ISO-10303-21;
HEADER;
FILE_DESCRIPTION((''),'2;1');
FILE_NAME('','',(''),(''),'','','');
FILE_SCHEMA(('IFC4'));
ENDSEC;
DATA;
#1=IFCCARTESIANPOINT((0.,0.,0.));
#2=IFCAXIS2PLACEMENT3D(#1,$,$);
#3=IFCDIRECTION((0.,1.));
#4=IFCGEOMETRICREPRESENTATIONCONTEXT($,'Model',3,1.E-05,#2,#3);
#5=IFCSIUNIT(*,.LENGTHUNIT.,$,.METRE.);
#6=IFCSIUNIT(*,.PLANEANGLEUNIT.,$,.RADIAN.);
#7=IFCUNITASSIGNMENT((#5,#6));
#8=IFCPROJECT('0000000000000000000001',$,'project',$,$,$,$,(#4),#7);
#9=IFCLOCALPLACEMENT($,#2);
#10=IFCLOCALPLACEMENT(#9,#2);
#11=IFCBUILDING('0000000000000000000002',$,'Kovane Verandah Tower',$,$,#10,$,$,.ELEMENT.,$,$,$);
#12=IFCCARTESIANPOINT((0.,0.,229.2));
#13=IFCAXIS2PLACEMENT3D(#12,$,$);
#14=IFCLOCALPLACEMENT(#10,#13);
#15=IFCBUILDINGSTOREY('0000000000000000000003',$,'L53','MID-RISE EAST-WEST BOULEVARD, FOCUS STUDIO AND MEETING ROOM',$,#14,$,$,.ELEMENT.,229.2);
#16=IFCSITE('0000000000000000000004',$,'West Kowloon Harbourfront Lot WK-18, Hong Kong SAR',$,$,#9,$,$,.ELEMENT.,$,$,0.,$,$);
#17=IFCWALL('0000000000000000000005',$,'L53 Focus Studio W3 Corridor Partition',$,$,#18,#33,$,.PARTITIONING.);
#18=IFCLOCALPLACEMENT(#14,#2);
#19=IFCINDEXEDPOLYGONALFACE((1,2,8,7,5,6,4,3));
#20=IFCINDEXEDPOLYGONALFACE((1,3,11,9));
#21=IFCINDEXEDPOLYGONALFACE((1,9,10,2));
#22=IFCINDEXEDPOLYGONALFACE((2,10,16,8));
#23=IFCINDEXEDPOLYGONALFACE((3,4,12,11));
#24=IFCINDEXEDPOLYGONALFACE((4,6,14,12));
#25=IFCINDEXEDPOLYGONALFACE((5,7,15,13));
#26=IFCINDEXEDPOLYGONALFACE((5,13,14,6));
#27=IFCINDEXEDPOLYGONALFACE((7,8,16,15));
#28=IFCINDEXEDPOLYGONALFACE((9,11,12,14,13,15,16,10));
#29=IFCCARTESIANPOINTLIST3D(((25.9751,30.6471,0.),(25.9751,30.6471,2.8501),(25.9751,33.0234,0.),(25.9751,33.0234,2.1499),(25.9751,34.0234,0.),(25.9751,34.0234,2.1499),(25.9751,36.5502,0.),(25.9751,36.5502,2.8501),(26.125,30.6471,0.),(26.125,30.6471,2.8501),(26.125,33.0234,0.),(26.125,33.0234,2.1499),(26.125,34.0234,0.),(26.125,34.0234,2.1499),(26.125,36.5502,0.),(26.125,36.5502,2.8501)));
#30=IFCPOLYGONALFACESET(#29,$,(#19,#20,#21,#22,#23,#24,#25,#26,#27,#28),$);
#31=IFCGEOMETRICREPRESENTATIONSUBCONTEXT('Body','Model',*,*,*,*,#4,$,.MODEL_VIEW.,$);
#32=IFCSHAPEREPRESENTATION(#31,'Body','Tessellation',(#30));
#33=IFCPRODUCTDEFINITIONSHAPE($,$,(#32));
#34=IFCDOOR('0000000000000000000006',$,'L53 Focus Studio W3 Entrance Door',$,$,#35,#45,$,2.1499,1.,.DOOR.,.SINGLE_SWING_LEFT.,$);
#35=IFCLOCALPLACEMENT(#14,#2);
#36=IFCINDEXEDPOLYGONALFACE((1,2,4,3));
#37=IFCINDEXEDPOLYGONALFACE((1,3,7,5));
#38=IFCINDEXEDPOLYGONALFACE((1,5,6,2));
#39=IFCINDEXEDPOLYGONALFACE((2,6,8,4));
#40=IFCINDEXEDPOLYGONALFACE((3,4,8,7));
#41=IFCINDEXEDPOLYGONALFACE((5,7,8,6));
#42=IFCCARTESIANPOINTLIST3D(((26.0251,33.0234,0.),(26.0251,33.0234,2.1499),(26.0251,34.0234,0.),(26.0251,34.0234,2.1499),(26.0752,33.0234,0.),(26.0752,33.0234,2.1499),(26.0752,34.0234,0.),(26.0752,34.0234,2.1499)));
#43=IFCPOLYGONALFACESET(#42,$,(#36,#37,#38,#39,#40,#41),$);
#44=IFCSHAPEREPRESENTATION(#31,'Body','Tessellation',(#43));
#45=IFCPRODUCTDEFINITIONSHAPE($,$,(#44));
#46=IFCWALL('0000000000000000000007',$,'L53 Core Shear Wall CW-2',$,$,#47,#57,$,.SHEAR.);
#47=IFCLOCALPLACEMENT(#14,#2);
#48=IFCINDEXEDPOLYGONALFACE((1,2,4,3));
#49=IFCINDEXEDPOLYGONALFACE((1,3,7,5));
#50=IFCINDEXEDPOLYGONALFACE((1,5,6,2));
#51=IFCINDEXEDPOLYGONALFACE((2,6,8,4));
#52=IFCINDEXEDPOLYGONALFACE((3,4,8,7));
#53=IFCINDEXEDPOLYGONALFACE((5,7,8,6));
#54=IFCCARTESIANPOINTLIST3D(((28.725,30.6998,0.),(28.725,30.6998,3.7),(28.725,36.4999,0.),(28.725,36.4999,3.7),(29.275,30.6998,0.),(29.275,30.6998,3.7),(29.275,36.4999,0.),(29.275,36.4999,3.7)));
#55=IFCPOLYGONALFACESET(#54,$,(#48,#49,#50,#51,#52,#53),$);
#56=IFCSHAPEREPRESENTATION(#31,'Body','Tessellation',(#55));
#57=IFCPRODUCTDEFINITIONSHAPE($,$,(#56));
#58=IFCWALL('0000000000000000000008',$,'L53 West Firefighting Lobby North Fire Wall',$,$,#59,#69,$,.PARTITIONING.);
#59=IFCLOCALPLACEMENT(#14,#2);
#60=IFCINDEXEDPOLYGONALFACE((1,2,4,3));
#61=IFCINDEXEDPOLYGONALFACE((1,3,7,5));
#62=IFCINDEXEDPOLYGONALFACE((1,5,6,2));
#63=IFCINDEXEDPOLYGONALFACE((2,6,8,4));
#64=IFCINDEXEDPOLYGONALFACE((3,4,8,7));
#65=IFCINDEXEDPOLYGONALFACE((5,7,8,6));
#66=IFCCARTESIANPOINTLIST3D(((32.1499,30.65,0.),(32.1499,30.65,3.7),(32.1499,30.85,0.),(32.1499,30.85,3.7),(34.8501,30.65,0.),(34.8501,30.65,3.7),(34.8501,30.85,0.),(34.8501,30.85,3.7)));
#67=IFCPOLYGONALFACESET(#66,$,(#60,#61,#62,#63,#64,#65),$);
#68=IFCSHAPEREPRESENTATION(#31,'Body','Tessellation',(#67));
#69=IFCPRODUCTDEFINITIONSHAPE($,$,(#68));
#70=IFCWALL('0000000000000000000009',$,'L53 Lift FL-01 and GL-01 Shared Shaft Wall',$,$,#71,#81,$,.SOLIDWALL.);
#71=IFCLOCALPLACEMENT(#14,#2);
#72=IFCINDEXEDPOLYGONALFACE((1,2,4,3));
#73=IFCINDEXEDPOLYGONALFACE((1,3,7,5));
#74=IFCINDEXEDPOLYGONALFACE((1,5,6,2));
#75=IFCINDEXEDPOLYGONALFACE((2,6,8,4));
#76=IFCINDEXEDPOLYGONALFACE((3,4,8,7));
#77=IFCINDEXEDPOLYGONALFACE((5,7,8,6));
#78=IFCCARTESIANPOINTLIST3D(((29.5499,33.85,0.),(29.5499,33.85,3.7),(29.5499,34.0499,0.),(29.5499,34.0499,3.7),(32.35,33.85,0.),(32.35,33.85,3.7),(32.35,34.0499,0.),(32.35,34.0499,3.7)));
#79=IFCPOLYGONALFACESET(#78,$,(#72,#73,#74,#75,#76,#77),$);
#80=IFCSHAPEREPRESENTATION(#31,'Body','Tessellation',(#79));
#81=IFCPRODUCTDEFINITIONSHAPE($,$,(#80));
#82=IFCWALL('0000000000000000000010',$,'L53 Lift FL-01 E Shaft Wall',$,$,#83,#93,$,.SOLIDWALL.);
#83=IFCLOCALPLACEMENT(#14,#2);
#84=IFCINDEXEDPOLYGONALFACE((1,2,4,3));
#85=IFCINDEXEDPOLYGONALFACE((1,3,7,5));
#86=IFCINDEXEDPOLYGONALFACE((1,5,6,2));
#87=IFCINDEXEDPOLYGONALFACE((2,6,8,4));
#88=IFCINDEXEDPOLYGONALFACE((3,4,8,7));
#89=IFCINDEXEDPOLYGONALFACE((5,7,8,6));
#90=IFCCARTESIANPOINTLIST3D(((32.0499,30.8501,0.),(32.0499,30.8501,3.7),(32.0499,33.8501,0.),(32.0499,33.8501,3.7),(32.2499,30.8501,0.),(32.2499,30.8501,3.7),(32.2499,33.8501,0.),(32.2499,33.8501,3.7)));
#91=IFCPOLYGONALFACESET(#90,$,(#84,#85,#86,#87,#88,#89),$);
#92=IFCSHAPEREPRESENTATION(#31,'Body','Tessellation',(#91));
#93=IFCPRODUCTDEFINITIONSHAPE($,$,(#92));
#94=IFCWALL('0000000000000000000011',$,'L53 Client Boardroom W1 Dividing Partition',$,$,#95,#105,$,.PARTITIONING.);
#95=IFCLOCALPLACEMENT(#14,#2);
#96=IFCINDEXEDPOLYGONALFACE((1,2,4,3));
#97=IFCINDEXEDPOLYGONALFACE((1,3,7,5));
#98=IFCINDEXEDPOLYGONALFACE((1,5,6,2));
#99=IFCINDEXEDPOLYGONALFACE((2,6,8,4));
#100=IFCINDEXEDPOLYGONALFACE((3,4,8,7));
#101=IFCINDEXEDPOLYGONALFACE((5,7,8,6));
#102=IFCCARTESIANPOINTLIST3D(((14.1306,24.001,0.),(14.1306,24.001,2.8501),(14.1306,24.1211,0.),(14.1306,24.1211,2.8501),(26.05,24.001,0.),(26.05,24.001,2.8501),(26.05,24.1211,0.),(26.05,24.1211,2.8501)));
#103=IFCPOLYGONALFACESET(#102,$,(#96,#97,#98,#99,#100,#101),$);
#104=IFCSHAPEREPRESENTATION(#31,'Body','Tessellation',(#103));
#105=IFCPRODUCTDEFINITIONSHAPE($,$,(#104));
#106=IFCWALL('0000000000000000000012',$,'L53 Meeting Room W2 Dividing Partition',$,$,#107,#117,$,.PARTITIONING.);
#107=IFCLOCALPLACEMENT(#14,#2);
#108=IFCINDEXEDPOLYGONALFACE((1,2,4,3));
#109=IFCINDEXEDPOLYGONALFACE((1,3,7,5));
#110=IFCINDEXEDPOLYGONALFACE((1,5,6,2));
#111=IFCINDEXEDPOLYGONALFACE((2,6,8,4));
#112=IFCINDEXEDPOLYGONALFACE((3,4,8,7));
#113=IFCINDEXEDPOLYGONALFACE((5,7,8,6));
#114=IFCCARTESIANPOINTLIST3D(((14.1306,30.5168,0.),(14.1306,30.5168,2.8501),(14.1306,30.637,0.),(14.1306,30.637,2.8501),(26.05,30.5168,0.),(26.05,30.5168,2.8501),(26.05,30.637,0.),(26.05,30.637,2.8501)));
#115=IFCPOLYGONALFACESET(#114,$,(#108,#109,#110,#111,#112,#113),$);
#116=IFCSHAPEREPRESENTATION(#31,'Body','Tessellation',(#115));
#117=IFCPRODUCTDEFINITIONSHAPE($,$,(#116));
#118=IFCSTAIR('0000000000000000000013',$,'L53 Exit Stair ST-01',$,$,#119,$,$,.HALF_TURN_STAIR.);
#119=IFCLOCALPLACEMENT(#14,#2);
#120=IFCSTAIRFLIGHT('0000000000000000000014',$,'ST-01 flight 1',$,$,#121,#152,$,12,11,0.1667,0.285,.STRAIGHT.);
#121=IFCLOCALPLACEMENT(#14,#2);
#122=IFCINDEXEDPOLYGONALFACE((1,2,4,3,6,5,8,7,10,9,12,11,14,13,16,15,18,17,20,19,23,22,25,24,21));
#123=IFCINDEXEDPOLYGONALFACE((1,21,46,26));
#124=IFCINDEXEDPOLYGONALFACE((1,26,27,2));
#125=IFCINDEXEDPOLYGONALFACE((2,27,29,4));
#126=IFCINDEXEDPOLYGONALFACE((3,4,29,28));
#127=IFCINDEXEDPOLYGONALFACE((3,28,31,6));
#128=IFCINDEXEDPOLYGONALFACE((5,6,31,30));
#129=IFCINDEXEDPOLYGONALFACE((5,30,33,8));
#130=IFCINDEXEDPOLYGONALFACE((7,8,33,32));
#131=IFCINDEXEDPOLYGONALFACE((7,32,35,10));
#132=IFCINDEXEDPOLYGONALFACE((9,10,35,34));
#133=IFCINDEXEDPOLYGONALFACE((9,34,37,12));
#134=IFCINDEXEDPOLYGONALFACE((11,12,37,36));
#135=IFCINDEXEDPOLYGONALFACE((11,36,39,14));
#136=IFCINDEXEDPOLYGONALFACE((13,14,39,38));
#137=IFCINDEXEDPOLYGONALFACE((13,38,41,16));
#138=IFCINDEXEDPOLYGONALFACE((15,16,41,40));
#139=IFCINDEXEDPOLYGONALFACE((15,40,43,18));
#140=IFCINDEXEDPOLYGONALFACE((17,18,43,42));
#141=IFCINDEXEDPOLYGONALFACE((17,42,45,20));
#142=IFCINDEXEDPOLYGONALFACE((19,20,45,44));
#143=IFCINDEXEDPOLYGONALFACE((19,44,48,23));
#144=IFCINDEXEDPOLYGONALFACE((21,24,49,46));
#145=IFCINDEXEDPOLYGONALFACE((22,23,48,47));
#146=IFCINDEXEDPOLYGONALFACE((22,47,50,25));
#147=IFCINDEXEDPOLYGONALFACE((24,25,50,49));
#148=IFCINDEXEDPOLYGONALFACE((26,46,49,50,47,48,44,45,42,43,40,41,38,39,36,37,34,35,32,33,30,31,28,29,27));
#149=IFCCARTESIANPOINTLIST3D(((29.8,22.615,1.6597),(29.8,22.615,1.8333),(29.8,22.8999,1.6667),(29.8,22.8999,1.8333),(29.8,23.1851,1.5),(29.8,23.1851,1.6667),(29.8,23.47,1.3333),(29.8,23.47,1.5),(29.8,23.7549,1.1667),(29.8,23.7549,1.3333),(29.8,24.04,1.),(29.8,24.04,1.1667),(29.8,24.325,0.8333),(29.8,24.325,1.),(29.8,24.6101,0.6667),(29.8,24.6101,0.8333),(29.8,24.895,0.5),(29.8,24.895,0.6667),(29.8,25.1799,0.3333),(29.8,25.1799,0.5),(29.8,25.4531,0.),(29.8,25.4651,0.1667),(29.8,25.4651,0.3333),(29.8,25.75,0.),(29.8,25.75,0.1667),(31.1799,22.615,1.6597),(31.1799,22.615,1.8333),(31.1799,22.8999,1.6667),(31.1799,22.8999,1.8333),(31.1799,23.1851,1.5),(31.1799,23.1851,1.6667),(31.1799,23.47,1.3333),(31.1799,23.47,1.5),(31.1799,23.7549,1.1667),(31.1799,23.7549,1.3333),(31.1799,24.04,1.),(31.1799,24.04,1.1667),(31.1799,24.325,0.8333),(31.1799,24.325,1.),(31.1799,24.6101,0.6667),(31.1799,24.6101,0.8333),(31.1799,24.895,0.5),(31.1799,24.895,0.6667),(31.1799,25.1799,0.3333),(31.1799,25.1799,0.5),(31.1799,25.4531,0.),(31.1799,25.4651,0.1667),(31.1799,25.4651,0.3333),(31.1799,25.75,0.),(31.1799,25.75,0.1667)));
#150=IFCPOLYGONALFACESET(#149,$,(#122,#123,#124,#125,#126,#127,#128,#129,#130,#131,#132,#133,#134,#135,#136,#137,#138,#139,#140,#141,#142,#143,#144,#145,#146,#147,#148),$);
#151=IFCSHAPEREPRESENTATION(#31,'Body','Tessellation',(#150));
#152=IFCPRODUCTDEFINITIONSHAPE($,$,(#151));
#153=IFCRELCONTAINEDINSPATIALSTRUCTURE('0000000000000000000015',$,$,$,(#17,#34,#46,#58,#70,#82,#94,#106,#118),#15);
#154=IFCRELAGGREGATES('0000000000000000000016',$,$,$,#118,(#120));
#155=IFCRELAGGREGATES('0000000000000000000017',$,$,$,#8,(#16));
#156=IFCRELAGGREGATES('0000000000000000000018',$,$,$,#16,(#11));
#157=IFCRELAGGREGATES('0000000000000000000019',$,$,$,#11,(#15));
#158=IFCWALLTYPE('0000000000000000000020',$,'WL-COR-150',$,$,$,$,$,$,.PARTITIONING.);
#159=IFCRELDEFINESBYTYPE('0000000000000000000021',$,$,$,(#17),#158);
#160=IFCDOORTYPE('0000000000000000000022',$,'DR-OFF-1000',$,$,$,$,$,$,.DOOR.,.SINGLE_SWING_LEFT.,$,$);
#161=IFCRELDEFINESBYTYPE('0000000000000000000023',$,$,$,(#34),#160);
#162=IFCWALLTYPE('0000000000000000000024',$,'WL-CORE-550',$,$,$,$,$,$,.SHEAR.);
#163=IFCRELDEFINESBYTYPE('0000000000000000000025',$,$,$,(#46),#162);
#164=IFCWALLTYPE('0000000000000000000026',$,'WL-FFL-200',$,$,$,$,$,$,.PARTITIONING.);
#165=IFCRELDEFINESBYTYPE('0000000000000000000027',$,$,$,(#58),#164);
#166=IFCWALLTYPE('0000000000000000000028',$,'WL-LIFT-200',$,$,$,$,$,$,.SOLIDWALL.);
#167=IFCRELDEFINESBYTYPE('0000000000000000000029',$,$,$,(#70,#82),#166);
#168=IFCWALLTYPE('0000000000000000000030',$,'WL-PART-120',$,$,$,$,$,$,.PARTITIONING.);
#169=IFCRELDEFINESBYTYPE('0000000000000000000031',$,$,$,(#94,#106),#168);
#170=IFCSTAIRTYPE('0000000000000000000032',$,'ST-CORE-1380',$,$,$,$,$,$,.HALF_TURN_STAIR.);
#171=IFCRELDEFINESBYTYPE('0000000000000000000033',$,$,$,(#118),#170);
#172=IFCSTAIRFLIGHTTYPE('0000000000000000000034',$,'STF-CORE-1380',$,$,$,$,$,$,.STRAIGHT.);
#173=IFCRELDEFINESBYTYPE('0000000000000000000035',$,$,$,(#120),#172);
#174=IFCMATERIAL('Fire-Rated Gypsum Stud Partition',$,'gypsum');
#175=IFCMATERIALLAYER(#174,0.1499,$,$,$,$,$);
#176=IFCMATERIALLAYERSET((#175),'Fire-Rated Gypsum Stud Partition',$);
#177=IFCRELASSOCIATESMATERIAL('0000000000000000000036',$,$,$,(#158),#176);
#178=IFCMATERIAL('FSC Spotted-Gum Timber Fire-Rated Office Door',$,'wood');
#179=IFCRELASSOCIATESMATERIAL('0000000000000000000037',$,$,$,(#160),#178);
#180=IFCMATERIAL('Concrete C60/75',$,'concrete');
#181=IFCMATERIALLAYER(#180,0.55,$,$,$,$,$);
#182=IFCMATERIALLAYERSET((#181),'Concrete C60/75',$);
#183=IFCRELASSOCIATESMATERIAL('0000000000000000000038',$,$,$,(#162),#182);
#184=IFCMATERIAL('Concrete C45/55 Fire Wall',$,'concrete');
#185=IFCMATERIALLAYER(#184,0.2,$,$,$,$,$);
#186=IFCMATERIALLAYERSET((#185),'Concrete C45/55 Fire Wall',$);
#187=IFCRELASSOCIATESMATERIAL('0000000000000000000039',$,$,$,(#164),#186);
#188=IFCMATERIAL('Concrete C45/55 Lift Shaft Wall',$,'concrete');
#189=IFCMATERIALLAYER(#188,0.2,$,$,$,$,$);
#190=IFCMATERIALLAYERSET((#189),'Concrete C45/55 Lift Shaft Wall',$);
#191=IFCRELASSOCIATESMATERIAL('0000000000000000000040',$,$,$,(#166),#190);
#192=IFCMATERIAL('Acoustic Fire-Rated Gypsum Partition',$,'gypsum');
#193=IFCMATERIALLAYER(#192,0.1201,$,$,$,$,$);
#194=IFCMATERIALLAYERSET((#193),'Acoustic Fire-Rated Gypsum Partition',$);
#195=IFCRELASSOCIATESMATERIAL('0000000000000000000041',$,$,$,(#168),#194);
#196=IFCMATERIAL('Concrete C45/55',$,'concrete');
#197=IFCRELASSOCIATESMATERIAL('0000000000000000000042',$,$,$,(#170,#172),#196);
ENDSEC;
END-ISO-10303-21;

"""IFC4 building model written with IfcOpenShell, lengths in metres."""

from ifc_helpers import new_model, si_unit, direction, frame, frame_2d, origin, place, context, subcontext, project, spatial, polyline, rectangle, outline, extrude, material, layer, layer_set, type_object, element, fill, aggregate, save


model = new_model("IFC4")

# Units and contexts
model_context = context("Model", 3, precision=1e-05, world=origin(), true_north=direction((0.0, 1.0)))
body_context = subcontext(model_context, "Body", "Model", "MODEL_VIEW")
ifc_project = project(units=[si_unit("LENGTHUNIT", "METRE"), si_unit("PLANEANGLEUNIT", "RADIAN")], contexts=[model_context])

# Site, building, storey
site_placement = place(None, origin())
site = spatial("IfcSite", under=ifc_project, at=site_placement, Name="West Kowloon Harbourfront Lot WK-18, Hong Kong SAR", CompositionType="ELEMENT", RefElevation=0.0)
building_placement = place(site_placement, origin())
building = spatial("IfcBuilding", under=site, at=building_placement, Name="Kovane Verandah Tower", CompositionType="ELEMENT")
storey_placement = place(building_placement, frame((0.0, 0.0, 229.2)))
storey = spatial("IfcBuildingStorey", under=building, at=storey_placement, Name="L53", Description="MID-RISE EAST-WEST BOULEVARD, FOCUS STUDIO AND MEETING ROOM", CompositionType="ELEMENT", Elevation=229.2)

# Shared definitions
ifc_material_1 = material(Name="Concrete C60/75", Category="concrete")

# Wall, opening, door
ifc_material_2 = material(Name="Fire-Rated Gypsum Stud Partition", Category="gypsum")
ifc_layer_1 = layer(ifc_material_2, 0.1499)
ifc_layer_set_1 = layer_set([ifc_layer_1], Name="Fire-Rated Gypsum Stud Partition")
wall_type_1 = type_object("IfcWallType", Name="WL-COR-150", PredefinedType="PARTITIONING", material=ifc_layer_set_1)
ifc_material_3 = material(Name="FSC Spotted-Gum Timber Fire-Rated Office Door", Category="wood")
door_type_1 = type_object("IfcDoorType", Name="DR-OFF-1000", OperationType="SINGLE_SWING_LEFT", PredefinedType="DOOR", material=ifc_material_3)
wall_1_placement = place(storey_placement, frame((26.05, 30.647, 0.0), z_axis=(0.0, 0.0, 1.0), x_axis=(0.0, 1.0, 0.0)))
wall_1 = element("IfcWall", 1, at=wall_1_placement, inside=storey, type_object=wall_type_1, Name="L53 Focus Studio W3 Corridor Partition", PredefinedType="PARTITIONING", context=body_context, shape_type="SweptSolid", body=[
    extrude(rectangle(XDim=5.9031, YDim=0.1499, at=frame_2d((2.9517, 0.0))), origin(), (0.0, 0.0, 1.0), 2.8501),
])
opening_1_placement = place(wall_1_placement, frame((2.3765, 0.0, 0.0)))
opening_1 = element("IfcOpeningElement", 2, at=opening_1_placement, cuts=wall_1, PredefinedType="OPENING", context=body_context, shape_type="SweptSolid", body=[
    extrude(rectangle(XDim=1.0, YDim=2.1499, at=frame_2d((0.5, 1.075))), frame((0.0, 0.075, 0.0), z_axis=(0.0, -1.0, 0.0), x_axis=(1.0, 0.0, 0.0)), (0.0, 0.0, 1.0), 0.1499),
])
door_1_placement = place(opening_1_placement, origin())
door_1 = element("IfcDoor", 3, at=door_1_placement, inside=storey, type_object=door_type_1, Name="L53 Focus Studio W3 Entrance Door", OperationType="SINGLE_SWING_LEFT", OverallHeight=2.1499, OverallWidth=1.0, PredefinedType="DOOR", context=body_context, shape_type="SweptSolid", body=[
    extrude(rectangle(XDim=1.0, YDim=2.1499, at=frame_2d((0.5, 1.075))), frame((0.0, 0.0249, 0.0), z_axis=(0.0, -1.0, 0.0), x_axis=(1.0, 0.0, 0.0)), (0.0, 0.0, 1.0), 0.05),
])
fill(opening_1, door_1)

# Wall
ifc_layer_2 = layer(ifc_material_1, 0.55)
ifc_layer_set_2 = layer_set([ifc_layer_2], Name="Concrete C60/75")
wall_type_2 = type_object("IfcWallType", Name="WL-CORE-550", PredefinedType="SHEAR", material=ifc_layer_set_2)
wall_2_placement = place(storey_placement, frame((29.0, 30.7, 0.0), z_axis=(0.0, 0.0, 1.0), x_axis=(0.0, 1.0, 0.0)))
element("IfcWall", 4, at=wall_2_placement, inside=storey, type_object=wall_type_2, Name="L53 Core Shear Wall CW-2", PredefinedType="SHEAR", context=body_context, shape_type="SweptSolid", body=[
    extrude(rectangle(XDim=5.8, YDim=0.55, at=frame_2d((2.8999, 0.0))), origin(), (0.0, 0.0, 1.0), 3.7),
])

# Shared definitions
ifc_material_4 = material(Name="Concrete C45/55 Fire Wall", Category="concrete")
ifc_layer_3 = layer(ifc_material_4, 0.2)
ifc_layer_set_3 = layer_set([ifc_layer_3], Name="Concrete C45/55 Fire Wall")
wall_type_3 = type_object("IfcWallType", Name="WL-FFL-200", PredefinedType="PARTITIONING", material=ifc_layer_set_3)

# Wall
wall_3_placement = place(storey_placement, frame((32.1499, 30.75, 0.0), z_axis=(0.0, 0.0, 1.0), x_axis=(1.0, 0.0, 0.0)))
element("IfcWall", 5, at=wall_3_placement, inside=storey, type_object=wall_type_3, Name="L53 West Firefighting Lobby North Fire Wall", PredefinedType="PARTITIONING", context=body_context, shape_type="SweptSolid", body=[
    extrude(rectangle(XDim=2.7002, YDim=0.2, at=frame_2d((1.3501, 0.0))), origin(), (0.0, 0.0, 1.0), 3.7),
])

# Shared definitions
ifc_material_5 = material(Name="Concrete C45/55 Lift Shaft Wall", Category="concrete")
ifc_layer_4 = layer(ifc_material_5, 0.2)
ifc_layer_set_4 = layer_set([ifc_layer_4], Name="Concrete C45/55 Lift Shaft Wall")
wall_type_4 = type_object("IfcWallType", Name="WL-LIFT-200", PredefinedType="SOLIDWALL", material=ifc_layer_set_4)

# Walls
wall_4_placement = place(storey_placement, frame((29.55, 33.95, 0.0), z_axis=(0.0, 0.0, 1.0), x_axis=(1.0, 0.0, 0.0)))
element("IfcWall", 6, at=wall_4_placement, inside=storey, type_object=wall_type_4, Name="L53 Lift FL-01 and GL-01 Shared Shaft Wall", PredefinedType="SOLIDWALL", context=body_context, shape_type="SweptSolid", body=[
    extrude(rectangle(XDim=2.8, YDim=0.2, at=frame_2d((1.3999, 0.0))), origin(), (0.0, 0.0, 1.0), 3.7),
])
wall_5_placement = place(storey_placement, frame((32.1499, 30.8501, 0.0), z_axis=(0.0, 0.0, 1.0), x_axis=(0.0, 1.0, 0.0)))
element("IfcWall", 7, at=wall_5_placement, inside=storey, type_object=wall_type_4, Name="L53 Lift FL-01 E Shaft Wall", PredefinedType="SOLIDWALL", context=body_context, shape_type="SweptSolid", body=[
    extrude(rectangle(XDim=3.0, YDim=0.2, at=frame_2d((1.5, 0.0))), origin(), (0.0, 0.0, 1.0), 3.7),
])

# Walls
ifc_material_6 = material(Name="Acoustic Fire-Rated Gypsum Partition", Category="gypsum")
ifc_layer_5 = layer(ifc_material_6, 0.1201)
ifc_layer_set_5 = layer_set([ifc_layer_5], Name="Acoustic Fire-Rated Gypsum Partition")
wall_type_5 = type_object("IfcWallType", Name="WL-PART-120", PredefinedType="PARTITIONING", material=ifc_layer_set_5)
for number, where, z_axis, x_axis, name in (
    (8, (14.1306, 24.061, 0.0), (0.0, 0.0, 1.0), (1.0, 0.0, 0.0), "L53 Client Boardroom W1 Dividing Partition"),
    (9, (14.1306, 30.5769, 0.0), (0.0, 0.0, 1.0), (1.0, 0.0, 0.0), "L53 Meeting Room W2 Dividing Partition"),
):
    element("IfcWall", number, at=place(storey_placement, frame(where, z_axis=z_axis, x_axis=x_axis)), inside=storey, type_object=wall_type_5, Name=name, PredefinedType="PARTITIONING", context=body_context, shape_type="SweptSolid", body=[
        extrude(rectangle(XDim=11.9194, YDim=0.1201, at=frame_2d((5.9597, 0.0))), origin(), (0.0, 0.0, 1.0), 2.8501),
    ])

# Shared definitions
ifc_material_7 = material(Name="Concrete C45/55", Category="concrete")

# Stair, stair flight
stair_type = type_object("IfcStairType", Name="ST-CORE-1380", PredefinedType="HALF_TURN_STAIR", material=ifc_material_7)
stair_placement = place(storey_placement, origin())
stair = element("IfcStair", 10, at=stair_placement, inside=storey, type_object=stair_type, Name="L53 Exit Stair ST-01", PredefinedType="HALF_TURN_STAIR")
stair_flight_type = type_object("IfcStairFlightType", Name="STF-CORE-1380", PredefinedType="STRAIGHT", material=ifc_material_7)
stair_flight_placement = place(storey_placement, frame((30.49, 25.75, 0.0), z_axis=(0.0, 0.0, 1.0), x_axis=(0.0, -1.0, 0.0)))
stair_flight = element("IfcStairFlight", 11, at=stair_flight_placement, type_object=stair_flight_type, Name="ST-01 flight 1", NumberOfRisers=12, NumberOfTreads=11, PredefinedType="STRAIGHT", RiserHeight=0.1667, TreadLength=0.285, context=body_context, shape_type="SweptSolid", body=[
    extrude(outline(polyline([(0.0, 0.0), (0.0, 0.1667), (0.2849, 0.1667), (0.2849, 0.3333), (0.5701, 0.3333), (0.5701, 0.5), (0.855, 0.5), (0.855, 0.6667), (1.1399, 0.6667), (1.1399, 0.8333), (1.425, 0.8333), (1.425, 1.0), (1.71, 1.0), (1.71, 1.1667), (1.9951, 1.1667), (1.9951, 1.3333), (2.28, 1.3333), (2.28, 1.5), (2.5649, 1.5), (2.5649, 1.6667), (2.8501, 1.6667), (2.8501, 1.8333), (3.135, 1.8333), (3.135, 2.0), (3.135, 1.6597), (0.2969, 0.0), (0.0, 0.0)])), frame((0.0, 0.6899, 0.0), z_axis=(0.0, -1.0, 0.0), x_axis=(1.0, 0.0, 0.0)), (0.0, 0.0, 1.0), 1.3799),
])
aggregate(stair, [stair_flight])

save(model, "model.ifc")
